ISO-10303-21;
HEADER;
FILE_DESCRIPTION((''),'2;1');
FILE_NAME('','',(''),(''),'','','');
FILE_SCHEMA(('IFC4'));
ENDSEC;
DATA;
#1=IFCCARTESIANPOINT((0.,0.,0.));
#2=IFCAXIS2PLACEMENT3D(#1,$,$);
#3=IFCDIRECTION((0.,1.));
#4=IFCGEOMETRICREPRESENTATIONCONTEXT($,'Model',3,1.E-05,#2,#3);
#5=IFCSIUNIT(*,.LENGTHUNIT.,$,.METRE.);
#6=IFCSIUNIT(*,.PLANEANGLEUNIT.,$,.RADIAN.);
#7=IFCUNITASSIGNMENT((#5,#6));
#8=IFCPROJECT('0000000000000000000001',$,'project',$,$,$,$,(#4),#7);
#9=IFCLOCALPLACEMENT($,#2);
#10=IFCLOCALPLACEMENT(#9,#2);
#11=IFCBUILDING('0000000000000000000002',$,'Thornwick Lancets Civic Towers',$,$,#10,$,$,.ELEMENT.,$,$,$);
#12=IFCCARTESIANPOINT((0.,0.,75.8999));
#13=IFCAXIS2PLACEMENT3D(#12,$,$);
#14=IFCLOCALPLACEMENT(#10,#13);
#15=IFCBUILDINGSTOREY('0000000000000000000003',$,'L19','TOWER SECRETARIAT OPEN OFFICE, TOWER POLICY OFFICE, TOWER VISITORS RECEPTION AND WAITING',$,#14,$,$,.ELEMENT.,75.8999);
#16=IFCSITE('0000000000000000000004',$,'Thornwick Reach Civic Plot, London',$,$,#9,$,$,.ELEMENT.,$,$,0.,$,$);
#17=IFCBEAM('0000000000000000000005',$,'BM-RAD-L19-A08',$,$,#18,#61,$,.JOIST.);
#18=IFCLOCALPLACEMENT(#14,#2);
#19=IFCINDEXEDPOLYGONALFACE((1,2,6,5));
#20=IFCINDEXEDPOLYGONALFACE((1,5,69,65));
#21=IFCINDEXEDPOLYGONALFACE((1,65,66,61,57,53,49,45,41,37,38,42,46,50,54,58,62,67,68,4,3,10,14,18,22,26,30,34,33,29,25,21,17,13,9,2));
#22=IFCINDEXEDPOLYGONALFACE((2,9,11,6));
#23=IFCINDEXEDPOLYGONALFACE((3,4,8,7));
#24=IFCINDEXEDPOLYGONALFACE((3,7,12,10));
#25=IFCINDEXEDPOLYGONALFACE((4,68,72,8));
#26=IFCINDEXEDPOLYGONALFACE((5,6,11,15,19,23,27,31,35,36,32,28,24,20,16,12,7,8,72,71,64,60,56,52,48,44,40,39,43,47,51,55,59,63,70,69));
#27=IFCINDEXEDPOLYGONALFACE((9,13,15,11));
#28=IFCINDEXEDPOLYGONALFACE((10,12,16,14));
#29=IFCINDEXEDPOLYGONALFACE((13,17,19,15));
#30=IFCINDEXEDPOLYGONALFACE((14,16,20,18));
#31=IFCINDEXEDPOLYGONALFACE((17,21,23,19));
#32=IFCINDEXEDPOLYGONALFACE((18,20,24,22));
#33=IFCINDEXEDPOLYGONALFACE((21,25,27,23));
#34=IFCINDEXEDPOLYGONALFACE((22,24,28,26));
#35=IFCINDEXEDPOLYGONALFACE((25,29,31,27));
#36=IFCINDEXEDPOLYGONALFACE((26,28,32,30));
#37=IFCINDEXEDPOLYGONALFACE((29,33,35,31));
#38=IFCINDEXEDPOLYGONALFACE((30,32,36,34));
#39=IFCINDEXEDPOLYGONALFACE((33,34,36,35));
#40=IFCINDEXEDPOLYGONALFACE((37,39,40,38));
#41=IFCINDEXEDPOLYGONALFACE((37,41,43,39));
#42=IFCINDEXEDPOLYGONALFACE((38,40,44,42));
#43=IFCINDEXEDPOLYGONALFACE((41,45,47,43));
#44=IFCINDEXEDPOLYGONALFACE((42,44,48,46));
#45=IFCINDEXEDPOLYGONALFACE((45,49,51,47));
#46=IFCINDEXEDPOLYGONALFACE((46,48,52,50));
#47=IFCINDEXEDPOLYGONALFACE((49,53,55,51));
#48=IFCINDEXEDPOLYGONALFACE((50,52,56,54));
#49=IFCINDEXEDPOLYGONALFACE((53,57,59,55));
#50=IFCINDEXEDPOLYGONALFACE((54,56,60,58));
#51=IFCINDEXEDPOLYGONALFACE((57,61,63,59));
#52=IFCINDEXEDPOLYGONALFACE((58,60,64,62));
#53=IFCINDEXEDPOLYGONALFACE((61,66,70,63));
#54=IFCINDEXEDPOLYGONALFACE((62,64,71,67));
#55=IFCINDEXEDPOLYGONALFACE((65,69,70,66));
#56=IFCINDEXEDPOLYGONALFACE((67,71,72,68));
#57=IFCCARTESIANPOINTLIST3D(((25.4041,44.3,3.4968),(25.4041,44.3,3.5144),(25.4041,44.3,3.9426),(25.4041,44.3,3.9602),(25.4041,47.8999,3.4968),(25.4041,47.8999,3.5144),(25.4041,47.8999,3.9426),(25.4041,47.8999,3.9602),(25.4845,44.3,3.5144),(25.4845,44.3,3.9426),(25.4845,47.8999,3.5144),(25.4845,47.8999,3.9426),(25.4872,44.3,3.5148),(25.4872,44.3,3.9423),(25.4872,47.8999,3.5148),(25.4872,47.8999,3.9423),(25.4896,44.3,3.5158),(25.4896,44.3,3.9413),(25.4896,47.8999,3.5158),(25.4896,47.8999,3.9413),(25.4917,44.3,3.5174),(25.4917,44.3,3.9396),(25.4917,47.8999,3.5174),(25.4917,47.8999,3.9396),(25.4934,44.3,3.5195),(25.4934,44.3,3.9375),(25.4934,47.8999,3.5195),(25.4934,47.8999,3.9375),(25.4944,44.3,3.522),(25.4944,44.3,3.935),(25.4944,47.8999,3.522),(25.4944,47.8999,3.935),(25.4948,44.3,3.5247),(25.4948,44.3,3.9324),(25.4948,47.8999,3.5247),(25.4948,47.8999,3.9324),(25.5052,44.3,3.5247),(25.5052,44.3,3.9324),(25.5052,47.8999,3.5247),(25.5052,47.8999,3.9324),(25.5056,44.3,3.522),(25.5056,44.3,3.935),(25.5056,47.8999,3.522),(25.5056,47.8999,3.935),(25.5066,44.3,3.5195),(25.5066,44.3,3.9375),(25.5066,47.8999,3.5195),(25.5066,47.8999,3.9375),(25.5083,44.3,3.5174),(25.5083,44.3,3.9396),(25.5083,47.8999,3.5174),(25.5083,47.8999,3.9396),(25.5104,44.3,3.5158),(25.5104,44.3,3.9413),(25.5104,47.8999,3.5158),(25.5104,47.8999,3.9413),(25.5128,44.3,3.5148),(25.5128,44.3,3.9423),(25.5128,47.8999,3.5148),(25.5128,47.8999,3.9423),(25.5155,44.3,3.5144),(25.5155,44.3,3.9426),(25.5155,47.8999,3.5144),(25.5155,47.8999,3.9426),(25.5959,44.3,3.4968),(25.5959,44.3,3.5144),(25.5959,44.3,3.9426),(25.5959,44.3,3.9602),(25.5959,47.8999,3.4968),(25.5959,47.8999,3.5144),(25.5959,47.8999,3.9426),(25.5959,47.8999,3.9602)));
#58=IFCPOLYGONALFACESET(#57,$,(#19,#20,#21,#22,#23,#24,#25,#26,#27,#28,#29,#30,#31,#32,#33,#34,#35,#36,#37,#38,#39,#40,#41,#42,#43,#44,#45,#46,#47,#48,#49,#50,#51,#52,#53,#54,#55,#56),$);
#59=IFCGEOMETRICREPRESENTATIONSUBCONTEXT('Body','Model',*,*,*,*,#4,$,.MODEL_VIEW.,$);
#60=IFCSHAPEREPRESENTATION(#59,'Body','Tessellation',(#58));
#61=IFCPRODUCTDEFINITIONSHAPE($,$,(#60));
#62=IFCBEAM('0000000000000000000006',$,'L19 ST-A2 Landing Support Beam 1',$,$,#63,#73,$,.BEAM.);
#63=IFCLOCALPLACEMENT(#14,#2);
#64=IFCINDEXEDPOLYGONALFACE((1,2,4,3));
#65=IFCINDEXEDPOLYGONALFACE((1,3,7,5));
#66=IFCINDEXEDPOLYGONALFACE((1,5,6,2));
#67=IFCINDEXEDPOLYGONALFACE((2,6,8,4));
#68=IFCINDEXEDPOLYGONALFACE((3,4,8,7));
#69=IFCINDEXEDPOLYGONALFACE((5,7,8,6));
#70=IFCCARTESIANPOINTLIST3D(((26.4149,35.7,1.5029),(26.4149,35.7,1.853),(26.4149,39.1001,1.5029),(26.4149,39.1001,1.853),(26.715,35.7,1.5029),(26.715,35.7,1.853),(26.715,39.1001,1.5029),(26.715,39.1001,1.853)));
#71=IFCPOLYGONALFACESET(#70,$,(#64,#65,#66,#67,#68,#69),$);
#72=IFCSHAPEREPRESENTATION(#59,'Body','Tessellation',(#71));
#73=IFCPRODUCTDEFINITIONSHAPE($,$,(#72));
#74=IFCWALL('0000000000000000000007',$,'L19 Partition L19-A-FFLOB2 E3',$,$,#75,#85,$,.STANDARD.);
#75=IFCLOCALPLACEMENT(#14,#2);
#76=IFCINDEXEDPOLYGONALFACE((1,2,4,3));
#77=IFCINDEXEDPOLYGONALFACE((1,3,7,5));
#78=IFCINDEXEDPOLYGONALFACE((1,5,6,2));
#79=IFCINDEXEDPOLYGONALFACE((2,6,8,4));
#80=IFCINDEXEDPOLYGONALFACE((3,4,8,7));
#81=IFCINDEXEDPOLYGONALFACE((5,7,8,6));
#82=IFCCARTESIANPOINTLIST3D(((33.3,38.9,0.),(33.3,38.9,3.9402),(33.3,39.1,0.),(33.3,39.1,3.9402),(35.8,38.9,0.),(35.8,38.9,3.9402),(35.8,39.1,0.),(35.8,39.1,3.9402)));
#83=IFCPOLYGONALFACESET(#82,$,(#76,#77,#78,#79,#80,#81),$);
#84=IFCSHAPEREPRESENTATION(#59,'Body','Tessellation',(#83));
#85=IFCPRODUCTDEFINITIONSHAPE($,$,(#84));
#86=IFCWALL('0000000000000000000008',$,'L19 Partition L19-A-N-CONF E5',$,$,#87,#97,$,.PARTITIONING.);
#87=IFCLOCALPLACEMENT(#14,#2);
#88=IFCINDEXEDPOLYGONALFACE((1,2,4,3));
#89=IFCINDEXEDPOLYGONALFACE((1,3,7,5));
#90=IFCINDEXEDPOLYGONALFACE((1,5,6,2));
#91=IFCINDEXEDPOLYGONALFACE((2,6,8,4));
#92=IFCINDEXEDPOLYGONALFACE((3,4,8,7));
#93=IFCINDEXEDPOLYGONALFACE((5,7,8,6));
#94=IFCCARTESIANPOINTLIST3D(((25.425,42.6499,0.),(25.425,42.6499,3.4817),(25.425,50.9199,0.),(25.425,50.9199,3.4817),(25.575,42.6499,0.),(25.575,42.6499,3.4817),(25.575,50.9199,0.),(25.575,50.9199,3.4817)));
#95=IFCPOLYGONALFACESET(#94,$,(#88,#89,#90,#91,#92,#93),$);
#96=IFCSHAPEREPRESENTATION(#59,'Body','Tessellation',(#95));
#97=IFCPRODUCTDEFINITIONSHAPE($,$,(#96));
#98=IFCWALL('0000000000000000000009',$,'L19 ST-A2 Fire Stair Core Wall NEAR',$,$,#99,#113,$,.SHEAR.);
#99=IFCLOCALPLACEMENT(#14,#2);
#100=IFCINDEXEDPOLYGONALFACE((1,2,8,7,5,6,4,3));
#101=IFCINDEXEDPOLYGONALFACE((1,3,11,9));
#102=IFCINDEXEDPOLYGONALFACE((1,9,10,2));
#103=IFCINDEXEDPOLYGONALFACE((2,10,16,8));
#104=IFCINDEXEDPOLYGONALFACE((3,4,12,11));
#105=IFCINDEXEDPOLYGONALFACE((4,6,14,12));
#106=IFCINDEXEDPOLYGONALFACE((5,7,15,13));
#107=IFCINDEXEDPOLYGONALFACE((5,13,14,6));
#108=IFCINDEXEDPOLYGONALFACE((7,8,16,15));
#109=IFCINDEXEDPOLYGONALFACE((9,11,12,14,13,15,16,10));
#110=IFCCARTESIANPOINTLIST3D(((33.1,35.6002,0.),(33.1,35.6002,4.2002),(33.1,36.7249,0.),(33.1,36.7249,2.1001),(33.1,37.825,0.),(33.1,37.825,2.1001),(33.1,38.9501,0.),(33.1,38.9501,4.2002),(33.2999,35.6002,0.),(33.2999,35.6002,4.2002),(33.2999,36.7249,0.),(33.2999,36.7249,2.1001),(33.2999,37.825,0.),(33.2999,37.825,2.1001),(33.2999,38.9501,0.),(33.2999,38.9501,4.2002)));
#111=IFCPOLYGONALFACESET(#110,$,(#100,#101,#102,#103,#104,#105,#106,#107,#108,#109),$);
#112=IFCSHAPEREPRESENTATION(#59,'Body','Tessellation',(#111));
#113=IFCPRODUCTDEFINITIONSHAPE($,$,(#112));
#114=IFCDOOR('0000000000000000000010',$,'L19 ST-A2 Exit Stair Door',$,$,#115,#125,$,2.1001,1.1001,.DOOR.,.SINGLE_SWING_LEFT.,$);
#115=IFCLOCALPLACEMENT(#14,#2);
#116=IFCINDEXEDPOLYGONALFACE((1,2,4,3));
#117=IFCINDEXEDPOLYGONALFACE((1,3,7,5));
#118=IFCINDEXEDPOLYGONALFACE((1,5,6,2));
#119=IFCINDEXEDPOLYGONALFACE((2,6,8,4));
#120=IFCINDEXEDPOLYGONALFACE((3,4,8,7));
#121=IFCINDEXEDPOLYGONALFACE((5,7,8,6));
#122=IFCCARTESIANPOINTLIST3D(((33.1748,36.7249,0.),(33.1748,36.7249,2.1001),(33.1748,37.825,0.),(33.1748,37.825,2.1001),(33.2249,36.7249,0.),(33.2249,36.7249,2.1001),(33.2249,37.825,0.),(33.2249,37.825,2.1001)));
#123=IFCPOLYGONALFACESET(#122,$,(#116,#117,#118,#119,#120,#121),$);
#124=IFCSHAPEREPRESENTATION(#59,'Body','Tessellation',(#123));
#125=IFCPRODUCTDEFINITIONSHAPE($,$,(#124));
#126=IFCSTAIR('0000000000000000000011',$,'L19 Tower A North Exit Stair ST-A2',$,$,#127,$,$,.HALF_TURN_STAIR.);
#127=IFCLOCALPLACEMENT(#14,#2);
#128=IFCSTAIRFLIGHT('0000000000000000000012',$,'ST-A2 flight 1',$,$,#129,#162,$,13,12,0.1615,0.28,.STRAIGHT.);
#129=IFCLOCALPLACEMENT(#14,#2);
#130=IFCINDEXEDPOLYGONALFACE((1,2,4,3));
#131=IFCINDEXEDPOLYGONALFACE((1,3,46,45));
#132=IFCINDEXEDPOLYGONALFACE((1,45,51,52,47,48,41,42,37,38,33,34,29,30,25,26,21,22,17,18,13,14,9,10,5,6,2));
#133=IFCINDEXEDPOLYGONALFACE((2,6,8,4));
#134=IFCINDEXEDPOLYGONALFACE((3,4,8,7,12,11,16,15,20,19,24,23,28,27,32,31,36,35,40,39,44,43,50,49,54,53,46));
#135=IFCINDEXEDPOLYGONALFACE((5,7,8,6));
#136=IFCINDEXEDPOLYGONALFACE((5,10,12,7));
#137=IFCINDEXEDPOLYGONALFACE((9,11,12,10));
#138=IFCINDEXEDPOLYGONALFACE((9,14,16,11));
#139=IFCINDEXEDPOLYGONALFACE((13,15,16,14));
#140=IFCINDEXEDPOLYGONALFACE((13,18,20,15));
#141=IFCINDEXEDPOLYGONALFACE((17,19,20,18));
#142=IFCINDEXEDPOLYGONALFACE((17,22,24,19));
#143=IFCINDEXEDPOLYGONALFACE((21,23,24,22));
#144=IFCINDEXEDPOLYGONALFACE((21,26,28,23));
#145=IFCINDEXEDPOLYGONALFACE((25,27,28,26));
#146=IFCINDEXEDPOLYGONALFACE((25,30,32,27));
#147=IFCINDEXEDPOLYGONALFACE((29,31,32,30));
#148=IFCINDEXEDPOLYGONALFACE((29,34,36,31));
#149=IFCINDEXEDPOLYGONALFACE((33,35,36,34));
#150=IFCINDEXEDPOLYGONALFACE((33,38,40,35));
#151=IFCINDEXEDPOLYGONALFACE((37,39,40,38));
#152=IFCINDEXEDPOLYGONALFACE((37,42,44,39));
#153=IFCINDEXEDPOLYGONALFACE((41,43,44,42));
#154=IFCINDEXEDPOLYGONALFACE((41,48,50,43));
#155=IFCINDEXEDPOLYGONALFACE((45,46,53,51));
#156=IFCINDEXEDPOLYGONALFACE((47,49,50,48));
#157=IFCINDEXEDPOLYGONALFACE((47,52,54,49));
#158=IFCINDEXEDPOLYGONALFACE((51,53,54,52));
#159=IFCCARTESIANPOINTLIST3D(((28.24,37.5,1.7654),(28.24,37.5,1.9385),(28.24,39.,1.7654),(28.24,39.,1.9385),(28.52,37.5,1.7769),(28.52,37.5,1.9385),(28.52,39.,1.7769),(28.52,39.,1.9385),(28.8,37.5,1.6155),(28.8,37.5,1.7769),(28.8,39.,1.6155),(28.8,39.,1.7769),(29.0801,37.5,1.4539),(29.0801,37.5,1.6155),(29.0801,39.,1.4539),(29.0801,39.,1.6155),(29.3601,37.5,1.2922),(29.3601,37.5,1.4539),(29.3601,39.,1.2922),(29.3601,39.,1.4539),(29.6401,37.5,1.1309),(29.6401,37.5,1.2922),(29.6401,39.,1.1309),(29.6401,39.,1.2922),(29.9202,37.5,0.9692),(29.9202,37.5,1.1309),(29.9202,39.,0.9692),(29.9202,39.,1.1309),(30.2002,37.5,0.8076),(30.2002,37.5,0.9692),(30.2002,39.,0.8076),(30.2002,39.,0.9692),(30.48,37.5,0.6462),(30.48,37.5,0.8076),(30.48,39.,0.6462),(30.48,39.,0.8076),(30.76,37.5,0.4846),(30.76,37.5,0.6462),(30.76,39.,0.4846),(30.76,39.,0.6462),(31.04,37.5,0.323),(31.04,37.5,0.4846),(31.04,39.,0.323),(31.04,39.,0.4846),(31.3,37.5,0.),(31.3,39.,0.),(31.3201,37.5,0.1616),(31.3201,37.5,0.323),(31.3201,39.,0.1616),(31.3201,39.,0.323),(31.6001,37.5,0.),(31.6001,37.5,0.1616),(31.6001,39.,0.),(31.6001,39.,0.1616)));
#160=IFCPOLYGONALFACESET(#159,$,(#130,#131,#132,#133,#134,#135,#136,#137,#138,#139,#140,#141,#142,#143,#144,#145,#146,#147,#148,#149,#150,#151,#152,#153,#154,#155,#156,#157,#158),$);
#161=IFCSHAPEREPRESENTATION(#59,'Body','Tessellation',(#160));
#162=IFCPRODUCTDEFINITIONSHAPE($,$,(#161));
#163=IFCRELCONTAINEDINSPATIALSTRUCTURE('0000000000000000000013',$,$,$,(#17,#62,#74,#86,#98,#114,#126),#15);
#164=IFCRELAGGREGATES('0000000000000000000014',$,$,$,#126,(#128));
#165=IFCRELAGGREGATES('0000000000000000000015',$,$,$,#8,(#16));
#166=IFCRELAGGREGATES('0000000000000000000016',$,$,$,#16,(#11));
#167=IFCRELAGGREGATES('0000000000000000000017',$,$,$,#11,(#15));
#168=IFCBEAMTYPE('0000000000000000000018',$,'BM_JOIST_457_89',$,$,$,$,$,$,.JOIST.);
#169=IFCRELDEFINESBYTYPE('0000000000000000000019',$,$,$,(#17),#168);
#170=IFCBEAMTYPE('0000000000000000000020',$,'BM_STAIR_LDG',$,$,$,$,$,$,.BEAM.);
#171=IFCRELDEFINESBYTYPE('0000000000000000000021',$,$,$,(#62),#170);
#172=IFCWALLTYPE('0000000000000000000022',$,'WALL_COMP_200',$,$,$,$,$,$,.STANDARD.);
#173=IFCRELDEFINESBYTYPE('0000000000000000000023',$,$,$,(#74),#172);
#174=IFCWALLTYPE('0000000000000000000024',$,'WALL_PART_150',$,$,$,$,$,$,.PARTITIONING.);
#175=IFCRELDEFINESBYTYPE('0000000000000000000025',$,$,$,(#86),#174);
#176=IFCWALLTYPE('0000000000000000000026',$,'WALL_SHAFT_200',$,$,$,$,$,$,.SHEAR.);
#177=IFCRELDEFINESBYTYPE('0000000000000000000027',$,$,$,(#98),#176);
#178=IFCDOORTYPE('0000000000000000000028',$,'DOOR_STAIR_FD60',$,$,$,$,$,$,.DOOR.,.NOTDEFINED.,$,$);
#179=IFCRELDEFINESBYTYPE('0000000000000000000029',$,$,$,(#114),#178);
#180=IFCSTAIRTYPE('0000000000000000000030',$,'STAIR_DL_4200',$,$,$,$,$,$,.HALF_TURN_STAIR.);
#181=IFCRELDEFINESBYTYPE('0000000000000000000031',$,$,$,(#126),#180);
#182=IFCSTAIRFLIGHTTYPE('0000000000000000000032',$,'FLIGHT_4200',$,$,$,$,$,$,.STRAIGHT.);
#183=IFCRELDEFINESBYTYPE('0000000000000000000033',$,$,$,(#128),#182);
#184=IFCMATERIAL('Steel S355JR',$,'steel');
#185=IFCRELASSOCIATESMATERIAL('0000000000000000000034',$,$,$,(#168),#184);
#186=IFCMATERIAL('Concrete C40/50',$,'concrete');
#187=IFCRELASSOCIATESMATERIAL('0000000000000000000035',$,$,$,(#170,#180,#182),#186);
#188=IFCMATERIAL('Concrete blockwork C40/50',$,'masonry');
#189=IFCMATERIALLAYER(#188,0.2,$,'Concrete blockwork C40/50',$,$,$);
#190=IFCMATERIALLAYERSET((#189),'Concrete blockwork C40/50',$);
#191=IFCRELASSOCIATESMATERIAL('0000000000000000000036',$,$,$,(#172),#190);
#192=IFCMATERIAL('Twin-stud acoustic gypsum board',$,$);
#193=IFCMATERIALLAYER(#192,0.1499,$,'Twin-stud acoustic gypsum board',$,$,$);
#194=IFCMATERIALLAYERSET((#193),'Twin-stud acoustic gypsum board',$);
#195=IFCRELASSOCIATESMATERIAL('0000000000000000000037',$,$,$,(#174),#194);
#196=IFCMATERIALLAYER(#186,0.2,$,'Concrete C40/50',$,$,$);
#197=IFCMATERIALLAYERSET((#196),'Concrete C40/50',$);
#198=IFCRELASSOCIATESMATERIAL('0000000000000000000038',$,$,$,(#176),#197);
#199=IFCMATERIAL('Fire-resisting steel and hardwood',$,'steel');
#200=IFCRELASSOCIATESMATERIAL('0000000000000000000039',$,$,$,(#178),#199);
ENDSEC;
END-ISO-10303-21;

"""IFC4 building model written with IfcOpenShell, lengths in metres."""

from ifc_helpers import new_model, si_unit, direction, frame, frame_2d, origin, origin_2d, place, context, subcontext, project, spatial, polyline, rectangle, i_section, outline, extrude, material, layer, layer_set, material_profile, profile_set, type_object, element, fill, aggregate, save


model = new_model("IFC4")

# Units and contexts
model_context = context("Model", 3, precision=1e-05, world=origin(), true_north=direction((0.0, 1.0)))
body_context = subcontext(model_context, "Body", "Model", "MODEL_VIEW")
ifc_project = project(units=[si_unit("LENGTHUNIT", "METRE"), si_unit("PLANEANGLEUNIT", "RADIAN")], contexts=[model_context])

# Site, building, storey
site_placement = place(None, origin())
site = spatial("IfcSite", under=ifc_project, at=site_placement, Name="Thornwick Reach Civic Plot, London", CompositionType="ELEMENT", RefElevation=0.0)
building_placement = place(site_placement, origin())
building = spatial("IfcBuilding", under=site, at=building_placement, Name="Thornwick Lancets Civic Towers", CompositionType="ELEMENT")
storey_placement = place(building_placement, frame((0.0, 0.0, 75.8999)))
storey = spatial("IfcBuildingStorey", under=building, at=storey_placement, Name="L19", Description="TOWER SECRETARIAT OPEN OFFICE, TOWER POLICY OFFICE, TOWER VISITORS RECEPTION AND WAITING", CompositionType="ELEMENT", Elevation=75.8999)

# Beams
ifc_material_1 = material(Name="Steel S355JR", Category="steel")
ifc_material_profile_1 = material_profile(ifc_material_1, i_section(OverallWidth=0.1919, OverallDepth=0.4634, WebThickness=0.0105, FlangeThickness=0.0176, FilletRadius=0.0103, at=origin_2d()), Name="UKB 457x191x89")
ifc_profile_set_1 = profile_set([ifc_material_profile_1], Name="Steel S355JR")
beam_type_1 = type_object("IfcBeamType", Name="BM_JOIST_457_89", PredefinedType="JOIST", material=ifc_profile_set_1)
beam_1_placement = place(storey_placement, frame((25.5, 44.3, 3.7285), z_axis=(0.0, 1.0, 0.0), x_axis=(-1.0, 0.0, 0.0)))
element("IfcBeam", 1, at=beam_1_placement, inside=storey, type_object=beam_type_1, Name="BM-RAD-L19-A08", PredefinedType="JOIST", context=body_context, shape_type="SweptSolid", body=[
    extrude(i_section(OverallWidth=0.1919, OverallDepth=0.4634, WebThickness=0.0105, FlangeThickness=0.0176, FilletRadius=0.0103, at=origin_2d()), origin(), (0.0, 0.0, 1.0), 3.5999),
])
ifc_material_2 = material(Name="Concrete C40/50", Category="concrete")
ifc_material_profile_2 = material_profile(ifc_material_2, rectangle(XDim=0.3, YDim=0.3501, at=origin_2d()), Name="RC 300x350")
ifc_profile_set_2 = profile_set([ifc_material_profile_2], Name="Concrete C40/50")
beam_type_2 = type_object("IfcBeamType", Name="BM_STAIR_LDG", PredefinedType="BEAM", material=ifc_profile_set_2)
beam_2_placement = place(storey_placement, frame((26.5649, 39.1001, 1.678), z_axis=(0.0, -1.0, 0.0), x_axis=(1.0, 0.0, 0.0)))
element("IfcBeam", 2, at=beam_2_placement, inside=storey, type_object=beam_type_2, Name="L19 ST-A2 Landing Support Beam 1", PredefinedType="BEAM", context=body_context, shape_type="SweptSolid", body=[
    extrude(rectangle(XDim=0.3, YDim=0.3501, at=origin_2d()), origin(), (0.0, 0.0, 1.0), 3.4001),
])

# Walls
ifc_material_3 = material(Name="Concrete blockwork C40/50", Category="masonry")
ifc_layer_1 = layer(ifc_material_3, 0.2, Name="Concrete blockwork C40/50")
ifc_layer_set_1 = layer_set([ifc_layer_1], Name="Concrete blockwork C40/50")
wall_type_1 = type_object("IfcWallType", Name="WALL_COMP_200", PredefinedType="STANDARD", material=ifc_layer_set_1)
wall_1_placement = place(storey_placement, frame((35.8, 39.0, 0.0), z_axis=(0.0, 0.0, 1.0), x_axis=(-1.0, 0.0, 0.0)))
element("IfcWall", 3, at=wall_1_placement, inside=storey, type_object=wall_type_1, Name="L19 Partition L19-A-FFLOB2 E3", PredefinedType="STANDARD", context=body_context, shape_type="SweptSolid", body=[
    extrude(rectangle(XDim=2.5, YDim=0.2, at=frame_2d((1.25, 0.0))), origin(), (0.0, 0.0, 1.0), 3.9402),
])
ifc_material_4 = material(Name="Twin-stud acoustic gypsum board")
ifc_layer_2 = layer(ifc_material_4, 0.1499, Name="Twin-stud acoustic gypsum board")
ifc_layer_set_2 = layer_set([ifc_layer_2], Name="Twin-stud acoustic gypsum board")
wall_type_2 = type_object("IfcWallType", Name="WALL_PART_150", PredefinedType="PARTITIONING", material=ifc_layer_set_2)
wall_2_placement = place(storey_placement, frame((25.5, 50.9199, 0.0), z_axis=(0.0, 0.0, 1.0), x_axis=(0.0, -1.0, 0.0)))
element("IfcWall", 4, at=wall_2_placement, inside=storey, type_object=wall_type_2, Name="L19 Partition L19-A-N-CONF E5", PredefinedType="PARTITIONING", context=body_context, shape_type="SweptSolid", body=[
    extrude(rectangle(XDim=8.27, YDim=0.1499, at=frame_2d((4.135, 0.0))), origin(), (0.0, 0.0, 1.0), 3.4817),
])

# Wall, opening, door
ifc_layer_3 = layer(ifc_material_2, 0.2, Name="Concrete C40/50")
ifc_layer_set_3 = layer_set([ifc_layer_3], Name="Concrete C40/50")
wall_type_3 = type_object("IfcWallType", Name="WALL_SHAFT_200", PredefinedType="SHEAR", material=ifc_layer_set_3)
wall_3_placement = place(storey_placement, frame((33.2, 38.95, 0.0), z_axis=(0.0, 0.0, 1.0), x_axis=(0.0, -1.0, 0.0)))
wall_3 = element("IfcWall", 5, at=wall_3_placement, inside=storey, type_object=wall_type_3, Name="L19 ST-A2 Fire Stair Core Wall NEAR", PredefinedType="SHEAR", context=body_context, shape_type="SweptSolid", body=[
    extrude(rectangle(XDim=3.3499, YDim=0.2, at=frame_2d((1.6748, 0.0))), origin(), (0.0, 0.0, 1.0), 4.2002),
])
opening_placement = place(wall_3_placement, frame((1.125, 0.0, 0.0)))
opening = element("IfcOpeningElement", 6, at=opening_placement, cuts=wall_3, PredefinedType="OPENING", context=body_context, shape_type="SweptSolid", body=[
    extrude(rectangle(XDim=1.1001, YDim=2.1001, at=frame_2d((0.55, 1.05))), frame((0.0, 0.1099, 0.0), z_axis=(0.0, -1.0, 0.0), x_axis=(1.0, 0.0, 0.0)), (0.0, 0.0, 1.0), 0.22),
])
ifc_material_5 = material(Name="Fire-resisting steel and hardwood", Category="steel")
door_type = type_object("IfcDoorType", Name="DOOR_STAIR_FD60", OperationType="NOTDEFINED", PredefinedType="DOOR", material=ifc_material_5)
door_placement = place(opening_placement, origin())
door = element("IfcDoor", 7, at=door_placement, inside=storey, type_object=door_type, Name="L19 ST-A2 Exit Stair Door", OperationType="SINGLE_SWING_LEFT", OverallHeight=2.1001, OverallWidth=1.1001, PredefinedType="DOOR", context=body_context, shape_type="SweptSolid", body=[
    extrude(rectangle(XDim=1.1001, YDim=2.1001, at=frame_2d((0.55, 1.05))), frame((0.0, 0.0249, 0.0), z_axis=(0.0, -1.0, 0.0), x_axis=(1.0, 0.0, 0.0)), (0.0, 0.0, 1.0), 0.05),
])
fill(opening, door)

# Stair, stair flight
stair_type = type_object("IfcStairType", Name="STAIR_DL_4200", PredefinedType="HALF_TURN_STAIR", material=ifc_material_2)
stair_placement = place(storey_placement, origin())
stair = element("IfcStair", 8, at=stair_placement, inside=storey, type_object=stair_type, Name="L19 Tower A North Exit Stair ST-A2", PredefinedType="HALF_TURN_STAIR")
stair_flight_type = type_object("IfcStairFlightType", Name="FLIGHT_4200", PredefinedType="STRAIGHT", material=ifc_material_2)
stair_flight_placement = place(storey_placement, frame((31.6001, 38.25, 0.0), z_axis=(0.0, 0.0, 1.0), x_axis=(-1.0, 0.0, 0.0)))
stair_flight = element("IfcStairFlight", 9, at=stair_flight_placement, type_object=stair_flight_type, Name="ST-A2 flight 1", NumberOfRisers=13, NumberOfTreads=12, PredefinedType="STRAIGHT", RiserHeight=0.1615, TreadLength=0.28, context=body_context, shape_type="SweptSolid", body=[
    extrude(outline(polyline([(0.0, 0.0), (0.0, 0.1616), (0.28, 0.1616), (0.28, 0.323), (0.5601, 0.323), (0.5601, 0.4846), (0.8401, 0.4846), (0.8401, 0.6462), (1.1201, 0.6462), (1.1201, 0.8076), (1.3999, 0.8076), (1.3999, 0.9692), (1.6799, 0.9692), (1.6799, 1.1309), (1.96, 1.1309), (1.96, 1.2922), (2.24, 1.2922), (2.24, 1.4539), (2.52, 1.4539), (2.52, 1.6155), (2.8, 1.6155), (2.8, 1.7769), (3.0801, 1.7769), (3.0801, 1.9385), (3.3601, 1.9385), (3.3601, 2.1001), (3.3601, 1.7654), (0.3, 0.0), (0.0, 0.0)])), frame((0.0, 0.75, 0.0), z_axis=(0.0, -1.0, 0.0), x_axis=(1.0, 0.0, 0.0)), (0.0, 0.0, 1.0), 1.5),
])
aggregate(stair, [stair_flight])

save(model, "model.ifc")
